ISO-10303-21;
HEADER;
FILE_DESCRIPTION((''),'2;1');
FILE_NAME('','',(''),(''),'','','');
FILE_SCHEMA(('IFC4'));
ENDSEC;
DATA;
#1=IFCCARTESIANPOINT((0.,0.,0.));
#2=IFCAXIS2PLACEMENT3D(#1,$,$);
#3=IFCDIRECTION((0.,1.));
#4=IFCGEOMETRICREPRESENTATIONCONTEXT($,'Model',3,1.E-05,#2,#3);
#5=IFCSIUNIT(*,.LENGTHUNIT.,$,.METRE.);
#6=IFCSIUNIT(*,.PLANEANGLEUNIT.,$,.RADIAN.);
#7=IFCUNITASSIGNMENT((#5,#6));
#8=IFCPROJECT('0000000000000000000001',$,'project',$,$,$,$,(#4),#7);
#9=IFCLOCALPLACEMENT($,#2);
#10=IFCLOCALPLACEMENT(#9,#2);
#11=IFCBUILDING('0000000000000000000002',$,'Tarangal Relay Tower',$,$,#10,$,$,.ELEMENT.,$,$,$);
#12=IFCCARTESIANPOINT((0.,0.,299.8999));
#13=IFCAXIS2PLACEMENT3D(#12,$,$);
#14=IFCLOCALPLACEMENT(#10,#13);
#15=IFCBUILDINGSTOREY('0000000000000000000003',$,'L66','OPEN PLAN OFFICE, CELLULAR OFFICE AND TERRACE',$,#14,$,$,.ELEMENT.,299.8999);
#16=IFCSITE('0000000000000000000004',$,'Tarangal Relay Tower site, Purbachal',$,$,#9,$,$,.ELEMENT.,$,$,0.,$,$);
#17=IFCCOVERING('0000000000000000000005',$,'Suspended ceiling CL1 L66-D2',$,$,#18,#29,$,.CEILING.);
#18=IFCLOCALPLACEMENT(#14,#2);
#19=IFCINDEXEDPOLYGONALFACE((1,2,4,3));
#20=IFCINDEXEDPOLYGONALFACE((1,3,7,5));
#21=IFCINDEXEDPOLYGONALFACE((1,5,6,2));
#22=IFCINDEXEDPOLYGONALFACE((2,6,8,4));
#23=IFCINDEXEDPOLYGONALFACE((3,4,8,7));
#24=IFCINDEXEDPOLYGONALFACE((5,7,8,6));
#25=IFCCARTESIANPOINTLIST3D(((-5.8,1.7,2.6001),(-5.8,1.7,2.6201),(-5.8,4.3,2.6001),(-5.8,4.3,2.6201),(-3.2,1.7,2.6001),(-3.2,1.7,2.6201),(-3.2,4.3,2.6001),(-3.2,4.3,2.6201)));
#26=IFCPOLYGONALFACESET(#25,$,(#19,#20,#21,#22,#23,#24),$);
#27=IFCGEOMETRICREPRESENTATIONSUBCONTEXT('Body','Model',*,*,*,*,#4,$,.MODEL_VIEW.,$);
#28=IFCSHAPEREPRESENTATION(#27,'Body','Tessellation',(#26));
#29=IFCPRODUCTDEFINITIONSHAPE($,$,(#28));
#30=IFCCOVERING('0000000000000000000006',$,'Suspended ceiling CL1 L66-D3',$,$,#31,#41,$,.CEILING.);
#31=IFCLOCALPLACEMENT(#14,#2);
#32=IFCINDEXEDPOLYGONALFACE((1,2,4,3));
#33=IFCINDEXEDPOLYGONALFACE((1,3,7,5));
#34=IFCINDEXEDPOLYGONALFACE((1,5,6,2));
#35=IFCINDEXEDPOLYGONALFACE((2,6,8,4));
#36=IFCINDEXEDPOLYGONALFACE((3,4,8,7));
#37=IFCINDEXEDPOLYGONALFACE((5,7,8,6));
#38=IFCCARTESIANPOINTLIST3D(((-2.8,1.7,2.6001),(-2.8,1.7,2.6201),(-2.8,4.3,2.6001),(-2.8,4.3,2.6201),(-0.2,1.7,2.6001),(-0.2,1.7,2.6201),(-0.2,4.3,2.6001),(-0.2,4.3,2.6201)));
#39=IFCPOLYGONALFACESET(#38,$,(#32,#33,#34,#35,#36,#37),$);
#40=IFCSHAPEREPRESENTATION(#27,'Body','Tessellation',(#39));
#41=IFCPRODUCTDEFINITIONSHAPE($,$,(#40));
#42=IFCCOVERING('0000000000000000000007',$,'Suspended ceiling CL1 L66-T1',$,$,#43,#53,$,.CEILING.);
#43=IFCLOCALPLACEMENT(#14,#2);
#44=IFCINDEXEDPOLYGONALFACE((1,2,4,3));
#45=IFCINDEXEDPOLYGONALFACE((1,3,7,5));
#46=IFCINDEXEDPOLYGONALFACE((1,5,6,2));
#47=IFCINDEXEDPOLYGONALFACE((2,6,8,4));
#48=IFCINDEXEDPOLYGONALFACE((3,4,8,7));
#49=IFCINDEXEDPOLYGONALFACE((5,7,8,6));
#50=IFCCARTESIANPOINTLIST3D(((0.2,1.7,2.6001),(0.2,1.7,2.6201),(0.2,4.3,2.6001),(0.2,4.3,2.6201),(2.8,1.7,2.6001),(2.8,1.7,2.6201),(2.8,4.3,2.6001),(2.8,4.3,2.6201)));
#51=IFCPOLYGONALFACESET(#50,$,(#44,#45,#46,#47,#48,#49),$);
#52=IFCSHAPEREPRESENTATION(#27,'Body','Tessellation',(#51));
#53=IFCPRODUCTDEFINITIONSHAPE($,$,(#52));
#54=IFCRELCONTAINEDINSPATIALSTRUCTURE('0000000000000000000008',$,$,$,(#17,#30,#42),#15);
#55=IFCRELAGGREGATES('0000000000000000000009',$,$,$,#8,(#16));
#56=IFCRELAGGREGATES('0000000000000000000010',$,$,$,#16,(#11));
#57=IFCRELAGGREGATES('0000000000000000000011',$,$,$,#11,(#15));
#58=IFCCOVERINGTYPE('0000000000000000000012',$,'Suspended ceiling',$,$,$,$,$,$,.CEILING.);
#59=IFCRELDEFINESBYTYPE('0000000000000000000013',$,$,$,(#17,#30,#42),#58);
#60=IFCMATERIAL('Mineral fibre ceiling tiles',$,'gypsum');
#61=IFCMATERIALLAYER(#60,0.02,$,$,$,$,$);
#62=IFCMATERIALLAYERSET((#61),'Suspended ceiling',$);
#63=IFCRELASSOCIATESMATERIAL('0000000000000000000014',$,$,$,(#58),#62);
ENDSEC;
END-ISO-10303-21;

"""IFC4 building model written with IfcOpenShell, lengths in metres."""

from ifc_helpers import new_model, si_unit, direction, frame, origin, place, context, subcontext, project, spatial, polyline, outline, extrude, material, layer, layer_set, type_object, element, save


model = new_model("IFC4")

# Units and contexts
model_context = context("Model", 3, precision=1e-05, world=origin(), true_north=direction((0.0, 1.0)))
body_context = subcontext(model_context, "Body", "Model", "MODEL_VIEW")
ifc_project = project(units=[si_unit("LENGTHUNIT", "METRE"), si_unit("PLANEANGLEUNIT", "RADIAN")], contexts=[model_context])

# Site, building, storey
site_placement = place(None, origin())
site = spatial("IfcSite", under=ifc_project, at=site_placement, Name="Tarangal Relay Tower site, Purbachal", CompositionType="ELEMENT", RefElevation=0.0)
building_placement = place(site_placement, origin())
building = spatial("IfcBuilding", under=site, at=building_placement, Name="Tarangal Relay Tower", CompositionType="ELEMENT")
storey_placement = place(building_placement, frame((0.0, 0.0, 299.8999)))
storey = spatial("IfcBuildingStorey", under=building, at=storey_placement, Name="L66", Description="OPEN PLAN OFFICE, CELLULAR OFFICE AND TERRACE", CompositionType="ELEMENT", Elevation=299.8999)

# Coverings
ifc_material_1 = material(Name="Mineral fibre ceiling tiles", Category="gypsum")
ifc_layer_1 = layer(ifc_material_1, 0.02)
ifc_layer_set_1 = layer_set([ifc_layer_1], Name="Suspended ceiling")
covering_type_1 = type_object("IfcCoveringType", Name="Suspended ceiling", PredefinedType="CEILING", material=ifc_layer_set_1)
covering_1_placement = place(storey_placement, frame((0.0, 0.0, 2.6001)))
element("IfcCovering", 1, at=covering_1_placement, inside=storey, type_object=covering_type_1, Name="Suspended ceiling CL1 L66-D2", PredefinedType="CEILING", context=body_context, shape_type="SweptSolid", body=[
    extrude(outline(polyline([(-5.8, 1.7), (-3.2, 1.7), (-3.2, 4.3), (-5.8, 4.3), (-5.8, 1.7)])), origin(), (0.0, 0.0, 1.0), 0.02),
])
covering_2_placement = place(storey_placement, frame((0.0, 0.0, 2.6001)))
element("IfcCovering", 2, at=covering_2_placement, inside=storey, type_object=covering_type_1, Name="Suspended ceiling CL1 L66-D3", PredefinedType="CEILING", context=body_context, shape_type="SweptSolid", body=[
    extrude(outline(polyline([(-2.8, 1.7), (-0.2, 1.7), (-0.2, 4.3), (-2.8, 4.3), (-2.8, 1.7)])), origin(), (0.0, 0.0, 1.0), 0.02),
])
covering_3_placement = place(storey_placement, frame((0.0, 0.0, 2.6001)))
element("IfcCovering", 3, at=covering_3_placement, inside=storey, type_object=covering_type_1, Name="Suspended ceiling CL1 L66-T1", PredefinedType="CEILING", context=body_context, shape_type="SweptSolid", body=[
    extrude(outline(polyline([(0.2, 1.7), (2.8, 1.7), (2.8, 4.3), (0.2, 4.3), (0.2, 1.7)])), origin(), (0.0, 0.0, 1.0), 0.02),
])

save(model, "model.ifc")
